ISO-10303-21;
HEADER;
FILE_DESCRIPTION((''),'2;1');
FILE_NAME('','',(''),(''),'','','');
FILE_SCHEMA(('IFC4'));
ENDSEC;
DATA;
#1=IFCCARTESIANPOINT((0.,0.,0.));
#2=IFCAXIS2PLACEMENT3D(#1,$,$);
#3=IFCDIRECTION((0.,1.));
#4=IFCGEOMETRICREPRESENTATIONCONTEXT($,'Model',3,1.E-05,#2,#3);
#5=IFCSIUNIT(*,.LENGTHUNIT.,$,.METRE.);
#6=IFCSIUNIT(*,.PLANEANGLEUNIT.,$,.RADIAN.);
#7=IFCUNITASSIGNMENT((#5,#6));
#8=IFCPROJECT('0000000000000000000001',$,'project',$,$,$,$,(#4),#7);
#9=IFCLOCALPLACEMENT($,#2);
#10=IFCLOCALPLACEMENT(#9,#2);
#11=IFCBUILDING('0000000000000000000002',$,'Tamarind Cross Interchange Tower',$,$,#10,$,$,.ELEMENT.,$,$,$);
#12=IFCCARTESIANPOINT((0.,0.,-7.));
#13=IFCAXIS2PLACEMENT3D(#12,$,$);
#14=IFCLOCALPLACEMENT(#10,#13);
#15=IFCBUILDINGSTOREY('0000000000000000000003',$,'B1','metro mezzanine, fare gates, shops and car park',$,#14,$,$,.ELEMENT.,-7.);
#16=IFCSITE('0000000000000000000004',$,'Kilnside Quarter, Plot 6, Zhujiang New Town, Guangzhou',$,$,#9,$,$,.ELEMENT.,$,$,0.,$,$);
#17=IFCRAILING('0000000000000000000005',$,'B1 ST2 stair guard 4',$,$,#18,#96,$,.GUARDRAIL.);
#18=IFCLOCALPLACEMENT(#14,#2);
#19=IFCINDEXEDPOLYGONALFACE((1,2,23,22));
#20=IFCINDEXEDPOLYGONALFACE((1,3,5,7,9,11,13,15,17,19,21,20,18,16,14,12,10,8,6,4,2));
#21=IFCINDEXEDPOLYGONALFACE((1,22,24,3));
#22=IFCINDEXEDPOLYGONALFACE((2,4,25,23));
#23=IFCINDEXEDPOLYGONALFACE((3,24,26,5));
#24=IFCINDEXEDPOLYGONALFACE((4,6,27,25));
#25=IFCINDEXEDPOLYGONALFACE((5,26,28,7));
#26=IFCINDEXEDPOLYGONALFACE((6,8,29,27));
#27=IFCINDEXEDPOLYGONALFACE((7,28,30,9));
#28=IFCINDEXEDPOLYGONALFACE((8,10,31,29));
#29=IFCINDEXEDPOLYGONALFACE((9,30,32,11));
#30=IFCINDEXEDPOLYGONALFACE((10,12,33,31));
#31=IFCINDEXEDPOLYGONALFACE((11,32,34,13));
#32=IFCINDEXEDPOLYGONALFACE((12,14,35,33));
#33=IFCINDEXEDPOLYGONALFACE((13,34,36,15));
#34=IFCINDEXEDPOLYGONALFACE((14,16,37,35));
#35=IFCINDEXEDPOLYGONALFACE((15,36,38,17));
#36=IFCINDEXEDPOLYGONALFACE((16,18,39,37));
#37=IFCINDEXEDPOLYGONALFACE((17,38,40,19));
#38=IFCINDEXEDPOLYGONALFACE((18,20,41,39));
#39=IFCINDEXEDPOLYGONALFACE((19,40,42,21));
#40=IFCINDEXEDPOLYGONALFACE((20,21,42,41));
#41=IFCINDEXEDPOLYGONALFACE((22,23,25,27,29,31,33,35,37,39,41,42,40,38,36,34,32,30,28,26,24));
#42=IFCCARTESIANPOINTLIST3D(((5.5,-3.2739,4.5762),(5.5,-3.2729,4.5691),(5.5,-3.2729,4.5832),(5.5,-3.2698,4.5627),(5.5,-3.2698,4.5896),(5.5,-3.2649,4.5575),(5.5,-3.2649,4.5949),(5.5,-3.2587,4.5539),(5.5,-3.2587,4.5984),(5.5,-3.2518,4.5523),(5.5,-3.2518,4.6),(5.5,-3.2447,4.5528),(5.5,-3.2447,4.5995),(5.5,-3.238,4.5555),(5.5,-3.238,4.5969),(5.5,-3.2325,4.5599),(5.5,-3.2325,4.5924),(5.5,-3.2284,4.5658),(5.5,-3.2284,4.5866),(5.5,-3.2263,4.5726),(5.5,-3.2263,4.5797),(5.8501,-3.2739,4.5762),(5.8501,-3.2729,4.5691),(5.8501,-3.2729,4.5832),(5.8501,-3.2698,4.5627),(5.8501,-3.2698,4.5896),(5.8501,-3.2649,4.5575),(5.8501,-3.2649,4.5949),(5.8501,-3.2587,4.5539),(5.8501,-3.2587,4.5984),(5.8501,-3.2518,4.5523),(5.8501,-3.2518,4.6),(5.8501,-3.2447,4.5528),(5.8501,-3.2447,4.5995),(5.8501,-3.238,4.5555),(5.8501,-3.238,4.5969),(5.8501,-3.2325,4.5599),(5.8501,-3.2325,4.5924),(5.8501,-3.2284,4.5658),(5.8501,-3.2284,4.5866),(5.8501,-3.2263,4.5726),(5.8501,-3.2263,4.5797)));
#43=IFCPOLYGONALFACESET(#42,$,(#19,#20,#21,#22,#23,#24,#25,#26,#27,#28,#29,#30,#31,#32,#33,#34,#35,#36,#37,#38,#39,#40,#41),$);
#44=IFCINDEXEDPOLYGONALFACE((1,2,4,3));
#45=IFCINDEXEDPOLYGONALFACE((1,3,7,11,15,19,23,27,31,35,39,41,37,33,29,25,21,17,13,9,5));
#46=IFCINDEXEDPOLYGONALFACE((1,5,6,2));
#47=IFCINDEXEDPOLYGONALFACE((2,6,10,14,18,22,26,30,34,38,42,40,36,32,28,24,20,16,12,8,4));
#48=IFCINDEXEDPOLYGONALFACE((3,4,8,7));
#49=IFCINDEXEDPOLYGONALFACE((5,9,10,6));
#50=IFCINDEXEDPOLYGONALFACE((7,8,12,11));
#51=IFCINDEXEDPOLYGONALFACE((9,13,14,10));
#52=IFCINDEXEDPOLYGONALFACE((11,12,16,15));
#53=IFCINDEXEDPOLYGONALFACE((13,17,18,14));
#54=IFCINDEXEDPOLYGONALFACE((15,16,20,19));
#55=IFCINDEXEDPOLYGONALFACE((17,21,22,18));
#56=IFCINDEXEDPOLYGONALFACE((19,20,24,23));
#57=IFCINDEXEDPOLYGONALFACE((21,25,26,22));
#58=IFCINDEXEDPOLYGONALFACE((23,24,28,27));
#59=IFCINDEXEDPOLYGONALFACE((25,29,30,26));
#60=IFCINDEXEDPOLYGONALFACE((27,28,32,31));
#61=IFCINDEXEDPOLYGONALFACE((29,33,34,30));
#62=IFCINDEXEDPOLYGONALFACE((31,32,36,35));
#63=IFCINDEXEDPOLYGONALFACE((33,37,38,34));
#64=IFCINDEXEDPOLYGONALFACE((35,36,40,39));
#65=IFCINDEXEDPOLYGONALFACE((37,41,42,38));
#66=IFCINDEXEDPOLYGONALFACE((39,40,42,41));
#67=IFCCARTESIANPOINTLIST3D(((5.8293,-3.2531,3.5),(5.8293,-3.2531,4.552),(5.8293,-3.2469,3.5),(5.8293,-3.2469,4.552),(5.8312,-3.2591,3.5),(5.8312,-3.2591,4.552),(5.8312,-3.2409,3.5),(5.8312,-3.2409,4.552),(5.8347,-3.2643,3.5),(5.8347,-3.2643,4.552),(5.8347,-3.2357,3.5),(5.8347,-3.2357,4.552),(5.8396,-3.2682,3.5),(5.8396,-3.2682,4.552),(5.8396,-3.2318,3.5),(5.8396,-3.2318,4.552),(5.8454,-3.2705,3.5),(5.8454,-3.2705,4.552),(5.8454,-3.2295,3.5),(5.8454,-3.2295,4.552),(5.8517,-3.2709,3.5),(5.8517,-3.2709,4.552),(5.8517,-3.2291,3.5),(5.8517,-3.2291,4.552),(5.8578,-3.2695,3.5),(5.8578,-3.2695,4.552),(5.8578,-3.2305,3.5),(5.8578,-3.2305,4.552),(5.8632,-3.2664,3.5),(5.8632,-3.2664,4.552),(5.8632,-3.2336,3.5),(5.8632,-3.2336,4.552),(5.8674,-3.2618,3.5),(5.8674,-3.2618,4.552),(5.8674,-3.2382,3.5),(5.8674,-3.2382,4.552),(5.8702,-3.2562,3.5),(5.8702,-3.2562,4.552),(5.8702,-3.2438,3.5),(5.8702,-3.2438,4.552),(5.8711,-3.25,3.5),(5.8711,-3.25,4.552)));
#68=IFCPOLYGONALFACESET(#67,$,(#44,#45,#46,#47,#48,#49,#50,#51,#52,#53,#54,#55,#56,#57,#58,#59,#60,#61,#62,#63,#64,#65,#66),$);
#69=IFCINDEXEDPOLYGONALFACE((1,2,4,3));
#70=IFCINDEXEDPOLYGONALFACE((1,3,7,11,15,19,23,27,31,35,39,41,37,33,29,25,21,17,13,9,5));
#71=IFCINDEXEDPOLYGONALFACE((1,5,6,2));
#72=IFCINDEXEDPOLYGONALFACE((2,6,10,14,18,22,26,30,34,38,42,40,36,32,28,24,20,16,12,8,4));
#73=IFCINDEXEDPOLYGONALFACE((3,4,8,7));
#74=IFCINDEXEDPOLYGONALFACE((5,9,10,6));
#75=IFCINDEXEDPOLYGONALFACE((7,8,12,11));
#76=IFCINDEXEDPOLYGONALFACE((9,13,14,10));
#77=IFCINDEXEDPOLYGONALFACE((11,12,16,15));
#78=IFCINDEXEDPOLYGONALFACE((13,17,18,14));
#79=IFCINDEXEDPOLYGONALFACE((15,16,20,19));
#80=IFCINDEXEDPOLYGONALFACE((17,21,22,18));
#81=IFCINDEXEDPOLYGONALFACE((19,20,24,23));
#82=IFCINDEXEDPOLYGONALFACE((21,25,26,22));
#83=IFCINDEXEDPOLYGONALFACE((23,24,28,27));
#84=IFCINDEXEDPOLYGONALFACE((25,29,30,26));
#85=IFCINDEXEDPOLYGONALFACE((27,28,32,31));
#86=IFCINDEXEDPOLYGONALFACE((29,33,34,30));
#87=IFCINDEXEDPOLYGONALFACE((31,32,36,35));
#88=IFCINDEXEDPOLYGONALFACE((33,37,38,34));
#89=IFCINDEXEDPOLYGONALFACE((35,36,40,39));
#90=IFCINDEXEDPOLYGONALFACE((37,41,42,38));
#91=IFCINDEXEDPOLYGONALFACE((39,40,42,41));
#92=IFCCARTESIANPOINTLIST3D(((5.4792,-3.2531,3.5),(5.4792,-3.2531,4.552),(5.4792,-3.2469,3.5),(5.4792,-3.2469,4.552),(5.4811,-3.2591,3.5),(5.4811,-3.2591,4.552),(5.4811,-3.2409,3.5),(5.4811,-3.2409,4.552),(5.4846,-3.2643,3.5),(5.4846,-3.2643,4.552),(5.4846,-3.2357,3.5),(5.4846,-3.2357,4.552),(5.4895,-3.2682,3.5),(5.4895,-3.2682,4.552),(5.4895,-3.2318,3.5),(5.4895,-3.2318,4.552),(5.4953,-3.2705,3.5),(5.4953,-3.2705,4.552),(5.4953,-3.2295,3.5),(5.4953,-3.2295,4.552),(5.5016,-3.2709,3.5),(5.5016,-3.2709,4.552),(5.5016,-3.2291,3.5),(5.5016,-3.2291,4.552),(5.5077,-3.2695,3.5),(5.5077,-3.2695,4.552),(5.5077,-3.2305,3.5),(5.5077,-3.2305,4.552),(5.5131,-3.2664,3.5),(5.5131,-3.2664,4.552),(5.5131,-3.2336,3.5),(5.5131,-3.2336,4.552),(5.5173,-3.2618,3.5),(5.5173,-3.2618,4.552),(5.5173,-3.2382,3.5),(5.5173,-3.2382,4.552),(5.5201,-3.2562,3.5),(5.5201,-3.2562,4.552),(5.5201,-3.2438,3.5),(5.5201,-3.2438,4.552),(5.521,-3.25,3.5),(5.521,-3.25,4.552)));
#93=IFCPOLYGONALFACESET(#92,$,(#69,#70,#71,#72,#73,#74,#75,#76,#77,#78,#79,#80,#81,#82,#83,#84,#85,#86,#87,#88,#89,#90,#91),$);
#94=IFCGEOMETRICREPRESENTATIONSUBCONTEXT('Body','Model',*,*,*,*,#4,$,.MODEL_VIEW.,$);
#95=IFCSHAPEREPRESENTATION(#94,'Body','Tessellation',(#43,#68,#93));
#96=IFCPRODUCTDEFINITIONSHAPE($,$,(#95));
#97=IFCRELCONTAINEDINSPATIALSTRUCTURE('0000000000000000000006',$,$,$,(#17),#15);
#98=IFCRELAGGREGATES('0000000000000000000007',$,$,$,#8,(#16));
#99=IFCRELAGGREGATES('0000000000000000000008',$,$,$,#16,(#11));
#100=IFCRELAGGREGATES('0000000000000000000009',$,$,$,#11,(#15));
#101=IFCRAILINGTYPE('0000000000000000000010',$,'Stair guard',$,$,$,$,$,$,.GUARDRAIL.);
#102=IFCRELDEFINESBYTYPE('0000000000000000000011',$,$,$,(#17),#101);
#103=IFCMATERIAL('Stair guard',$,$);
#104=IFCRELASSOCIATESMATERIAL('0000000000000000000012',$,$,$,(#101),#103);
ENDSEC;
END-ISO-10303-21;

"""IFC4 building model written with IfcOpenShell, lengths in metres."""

from ifc_helpers import new_model, si_unit, direction, frame, origin, origin_2d, place, context, subcontext, project, spatial, circle, extrude, material, type_object, element, save


model = new_model("IFC4")

# Units and contexts
model_context = context("Model", 3, precision=1e-05, world=origin(), true_north=direction((0.0, 1.0)))
body_context = subcontext(model_context, "Body", "Model", "MODEL_VIEW")
ifc_project = project(units=[si_unit("LENGTHUNIT", "METRE"), si_unit("PLANEANGLEUNIT", "RADIAN")], contexts=[model_context])

# Site, building, storey
site_placement = place(None, origin())
site = spatial("IfcSite", under=ifc_project, at=site_placement, Name="Kilnside Quarter, Plot 6, Zhujiang New Town, Guangzhou", CompositionType="ELEMENT", RefElevation=0.0)
building_placement = place(site_placement, origin())
building = spatial("IfcBuilding", under=site, at=building_placement, Name="Tamarind Cross Interchange Tower", CompositionType="ELEMENT")
storey_placement = place(building_placement, frame((0.0, 0.0, -7.0)))
storey = spatial("IfcBuildingStorey", under=building, at=storey_placement, Name="B1", Description="metro mezzanine, fare gates, shops and car park", CompositionType="ELEMENT", Elevation=-7.0)

# Railing
ifc_material_1 = material(Name="Stair guard")
railing_type_1 = type_object("IfcRailingType", Name="Stair guard", PredefinedType="GUARDRAIL", material=ifc_material_1)
railing_1_placement = place(storey_placement, frame((5.8501, -3.25, 3.5)))
element("IfcRailing", 1, at=railing_1_placement, inside=storey, type_object=railing_type_1, Name="B1 ST2 stair guard 4", PredefinedType="GUARDRAIL", context=body_context, shape_type="SweptSolid", body=[
    extrude(circle(Radius=0.0239, at=origin_2d()), frame((0.0, 0.0, 1.0762), z_axis=(-1.0, 0.0, 0.0), x_axis=(0.0, -1.0, 0.0)), (0.0, 0.0, 1.0), 0.3501),
    extrude(circle(Radius=0.021, at=origin_2d()), origin(), (0.0, 0.0, 1.0), 1.052),
    extrude(circle(Radius=0.021, at=origin_2d()), frame((-0.3501, 0.0, 0.0)), (0.0, 0.0, 1.0), 1.052),
])

save(model, "model.ifc")
